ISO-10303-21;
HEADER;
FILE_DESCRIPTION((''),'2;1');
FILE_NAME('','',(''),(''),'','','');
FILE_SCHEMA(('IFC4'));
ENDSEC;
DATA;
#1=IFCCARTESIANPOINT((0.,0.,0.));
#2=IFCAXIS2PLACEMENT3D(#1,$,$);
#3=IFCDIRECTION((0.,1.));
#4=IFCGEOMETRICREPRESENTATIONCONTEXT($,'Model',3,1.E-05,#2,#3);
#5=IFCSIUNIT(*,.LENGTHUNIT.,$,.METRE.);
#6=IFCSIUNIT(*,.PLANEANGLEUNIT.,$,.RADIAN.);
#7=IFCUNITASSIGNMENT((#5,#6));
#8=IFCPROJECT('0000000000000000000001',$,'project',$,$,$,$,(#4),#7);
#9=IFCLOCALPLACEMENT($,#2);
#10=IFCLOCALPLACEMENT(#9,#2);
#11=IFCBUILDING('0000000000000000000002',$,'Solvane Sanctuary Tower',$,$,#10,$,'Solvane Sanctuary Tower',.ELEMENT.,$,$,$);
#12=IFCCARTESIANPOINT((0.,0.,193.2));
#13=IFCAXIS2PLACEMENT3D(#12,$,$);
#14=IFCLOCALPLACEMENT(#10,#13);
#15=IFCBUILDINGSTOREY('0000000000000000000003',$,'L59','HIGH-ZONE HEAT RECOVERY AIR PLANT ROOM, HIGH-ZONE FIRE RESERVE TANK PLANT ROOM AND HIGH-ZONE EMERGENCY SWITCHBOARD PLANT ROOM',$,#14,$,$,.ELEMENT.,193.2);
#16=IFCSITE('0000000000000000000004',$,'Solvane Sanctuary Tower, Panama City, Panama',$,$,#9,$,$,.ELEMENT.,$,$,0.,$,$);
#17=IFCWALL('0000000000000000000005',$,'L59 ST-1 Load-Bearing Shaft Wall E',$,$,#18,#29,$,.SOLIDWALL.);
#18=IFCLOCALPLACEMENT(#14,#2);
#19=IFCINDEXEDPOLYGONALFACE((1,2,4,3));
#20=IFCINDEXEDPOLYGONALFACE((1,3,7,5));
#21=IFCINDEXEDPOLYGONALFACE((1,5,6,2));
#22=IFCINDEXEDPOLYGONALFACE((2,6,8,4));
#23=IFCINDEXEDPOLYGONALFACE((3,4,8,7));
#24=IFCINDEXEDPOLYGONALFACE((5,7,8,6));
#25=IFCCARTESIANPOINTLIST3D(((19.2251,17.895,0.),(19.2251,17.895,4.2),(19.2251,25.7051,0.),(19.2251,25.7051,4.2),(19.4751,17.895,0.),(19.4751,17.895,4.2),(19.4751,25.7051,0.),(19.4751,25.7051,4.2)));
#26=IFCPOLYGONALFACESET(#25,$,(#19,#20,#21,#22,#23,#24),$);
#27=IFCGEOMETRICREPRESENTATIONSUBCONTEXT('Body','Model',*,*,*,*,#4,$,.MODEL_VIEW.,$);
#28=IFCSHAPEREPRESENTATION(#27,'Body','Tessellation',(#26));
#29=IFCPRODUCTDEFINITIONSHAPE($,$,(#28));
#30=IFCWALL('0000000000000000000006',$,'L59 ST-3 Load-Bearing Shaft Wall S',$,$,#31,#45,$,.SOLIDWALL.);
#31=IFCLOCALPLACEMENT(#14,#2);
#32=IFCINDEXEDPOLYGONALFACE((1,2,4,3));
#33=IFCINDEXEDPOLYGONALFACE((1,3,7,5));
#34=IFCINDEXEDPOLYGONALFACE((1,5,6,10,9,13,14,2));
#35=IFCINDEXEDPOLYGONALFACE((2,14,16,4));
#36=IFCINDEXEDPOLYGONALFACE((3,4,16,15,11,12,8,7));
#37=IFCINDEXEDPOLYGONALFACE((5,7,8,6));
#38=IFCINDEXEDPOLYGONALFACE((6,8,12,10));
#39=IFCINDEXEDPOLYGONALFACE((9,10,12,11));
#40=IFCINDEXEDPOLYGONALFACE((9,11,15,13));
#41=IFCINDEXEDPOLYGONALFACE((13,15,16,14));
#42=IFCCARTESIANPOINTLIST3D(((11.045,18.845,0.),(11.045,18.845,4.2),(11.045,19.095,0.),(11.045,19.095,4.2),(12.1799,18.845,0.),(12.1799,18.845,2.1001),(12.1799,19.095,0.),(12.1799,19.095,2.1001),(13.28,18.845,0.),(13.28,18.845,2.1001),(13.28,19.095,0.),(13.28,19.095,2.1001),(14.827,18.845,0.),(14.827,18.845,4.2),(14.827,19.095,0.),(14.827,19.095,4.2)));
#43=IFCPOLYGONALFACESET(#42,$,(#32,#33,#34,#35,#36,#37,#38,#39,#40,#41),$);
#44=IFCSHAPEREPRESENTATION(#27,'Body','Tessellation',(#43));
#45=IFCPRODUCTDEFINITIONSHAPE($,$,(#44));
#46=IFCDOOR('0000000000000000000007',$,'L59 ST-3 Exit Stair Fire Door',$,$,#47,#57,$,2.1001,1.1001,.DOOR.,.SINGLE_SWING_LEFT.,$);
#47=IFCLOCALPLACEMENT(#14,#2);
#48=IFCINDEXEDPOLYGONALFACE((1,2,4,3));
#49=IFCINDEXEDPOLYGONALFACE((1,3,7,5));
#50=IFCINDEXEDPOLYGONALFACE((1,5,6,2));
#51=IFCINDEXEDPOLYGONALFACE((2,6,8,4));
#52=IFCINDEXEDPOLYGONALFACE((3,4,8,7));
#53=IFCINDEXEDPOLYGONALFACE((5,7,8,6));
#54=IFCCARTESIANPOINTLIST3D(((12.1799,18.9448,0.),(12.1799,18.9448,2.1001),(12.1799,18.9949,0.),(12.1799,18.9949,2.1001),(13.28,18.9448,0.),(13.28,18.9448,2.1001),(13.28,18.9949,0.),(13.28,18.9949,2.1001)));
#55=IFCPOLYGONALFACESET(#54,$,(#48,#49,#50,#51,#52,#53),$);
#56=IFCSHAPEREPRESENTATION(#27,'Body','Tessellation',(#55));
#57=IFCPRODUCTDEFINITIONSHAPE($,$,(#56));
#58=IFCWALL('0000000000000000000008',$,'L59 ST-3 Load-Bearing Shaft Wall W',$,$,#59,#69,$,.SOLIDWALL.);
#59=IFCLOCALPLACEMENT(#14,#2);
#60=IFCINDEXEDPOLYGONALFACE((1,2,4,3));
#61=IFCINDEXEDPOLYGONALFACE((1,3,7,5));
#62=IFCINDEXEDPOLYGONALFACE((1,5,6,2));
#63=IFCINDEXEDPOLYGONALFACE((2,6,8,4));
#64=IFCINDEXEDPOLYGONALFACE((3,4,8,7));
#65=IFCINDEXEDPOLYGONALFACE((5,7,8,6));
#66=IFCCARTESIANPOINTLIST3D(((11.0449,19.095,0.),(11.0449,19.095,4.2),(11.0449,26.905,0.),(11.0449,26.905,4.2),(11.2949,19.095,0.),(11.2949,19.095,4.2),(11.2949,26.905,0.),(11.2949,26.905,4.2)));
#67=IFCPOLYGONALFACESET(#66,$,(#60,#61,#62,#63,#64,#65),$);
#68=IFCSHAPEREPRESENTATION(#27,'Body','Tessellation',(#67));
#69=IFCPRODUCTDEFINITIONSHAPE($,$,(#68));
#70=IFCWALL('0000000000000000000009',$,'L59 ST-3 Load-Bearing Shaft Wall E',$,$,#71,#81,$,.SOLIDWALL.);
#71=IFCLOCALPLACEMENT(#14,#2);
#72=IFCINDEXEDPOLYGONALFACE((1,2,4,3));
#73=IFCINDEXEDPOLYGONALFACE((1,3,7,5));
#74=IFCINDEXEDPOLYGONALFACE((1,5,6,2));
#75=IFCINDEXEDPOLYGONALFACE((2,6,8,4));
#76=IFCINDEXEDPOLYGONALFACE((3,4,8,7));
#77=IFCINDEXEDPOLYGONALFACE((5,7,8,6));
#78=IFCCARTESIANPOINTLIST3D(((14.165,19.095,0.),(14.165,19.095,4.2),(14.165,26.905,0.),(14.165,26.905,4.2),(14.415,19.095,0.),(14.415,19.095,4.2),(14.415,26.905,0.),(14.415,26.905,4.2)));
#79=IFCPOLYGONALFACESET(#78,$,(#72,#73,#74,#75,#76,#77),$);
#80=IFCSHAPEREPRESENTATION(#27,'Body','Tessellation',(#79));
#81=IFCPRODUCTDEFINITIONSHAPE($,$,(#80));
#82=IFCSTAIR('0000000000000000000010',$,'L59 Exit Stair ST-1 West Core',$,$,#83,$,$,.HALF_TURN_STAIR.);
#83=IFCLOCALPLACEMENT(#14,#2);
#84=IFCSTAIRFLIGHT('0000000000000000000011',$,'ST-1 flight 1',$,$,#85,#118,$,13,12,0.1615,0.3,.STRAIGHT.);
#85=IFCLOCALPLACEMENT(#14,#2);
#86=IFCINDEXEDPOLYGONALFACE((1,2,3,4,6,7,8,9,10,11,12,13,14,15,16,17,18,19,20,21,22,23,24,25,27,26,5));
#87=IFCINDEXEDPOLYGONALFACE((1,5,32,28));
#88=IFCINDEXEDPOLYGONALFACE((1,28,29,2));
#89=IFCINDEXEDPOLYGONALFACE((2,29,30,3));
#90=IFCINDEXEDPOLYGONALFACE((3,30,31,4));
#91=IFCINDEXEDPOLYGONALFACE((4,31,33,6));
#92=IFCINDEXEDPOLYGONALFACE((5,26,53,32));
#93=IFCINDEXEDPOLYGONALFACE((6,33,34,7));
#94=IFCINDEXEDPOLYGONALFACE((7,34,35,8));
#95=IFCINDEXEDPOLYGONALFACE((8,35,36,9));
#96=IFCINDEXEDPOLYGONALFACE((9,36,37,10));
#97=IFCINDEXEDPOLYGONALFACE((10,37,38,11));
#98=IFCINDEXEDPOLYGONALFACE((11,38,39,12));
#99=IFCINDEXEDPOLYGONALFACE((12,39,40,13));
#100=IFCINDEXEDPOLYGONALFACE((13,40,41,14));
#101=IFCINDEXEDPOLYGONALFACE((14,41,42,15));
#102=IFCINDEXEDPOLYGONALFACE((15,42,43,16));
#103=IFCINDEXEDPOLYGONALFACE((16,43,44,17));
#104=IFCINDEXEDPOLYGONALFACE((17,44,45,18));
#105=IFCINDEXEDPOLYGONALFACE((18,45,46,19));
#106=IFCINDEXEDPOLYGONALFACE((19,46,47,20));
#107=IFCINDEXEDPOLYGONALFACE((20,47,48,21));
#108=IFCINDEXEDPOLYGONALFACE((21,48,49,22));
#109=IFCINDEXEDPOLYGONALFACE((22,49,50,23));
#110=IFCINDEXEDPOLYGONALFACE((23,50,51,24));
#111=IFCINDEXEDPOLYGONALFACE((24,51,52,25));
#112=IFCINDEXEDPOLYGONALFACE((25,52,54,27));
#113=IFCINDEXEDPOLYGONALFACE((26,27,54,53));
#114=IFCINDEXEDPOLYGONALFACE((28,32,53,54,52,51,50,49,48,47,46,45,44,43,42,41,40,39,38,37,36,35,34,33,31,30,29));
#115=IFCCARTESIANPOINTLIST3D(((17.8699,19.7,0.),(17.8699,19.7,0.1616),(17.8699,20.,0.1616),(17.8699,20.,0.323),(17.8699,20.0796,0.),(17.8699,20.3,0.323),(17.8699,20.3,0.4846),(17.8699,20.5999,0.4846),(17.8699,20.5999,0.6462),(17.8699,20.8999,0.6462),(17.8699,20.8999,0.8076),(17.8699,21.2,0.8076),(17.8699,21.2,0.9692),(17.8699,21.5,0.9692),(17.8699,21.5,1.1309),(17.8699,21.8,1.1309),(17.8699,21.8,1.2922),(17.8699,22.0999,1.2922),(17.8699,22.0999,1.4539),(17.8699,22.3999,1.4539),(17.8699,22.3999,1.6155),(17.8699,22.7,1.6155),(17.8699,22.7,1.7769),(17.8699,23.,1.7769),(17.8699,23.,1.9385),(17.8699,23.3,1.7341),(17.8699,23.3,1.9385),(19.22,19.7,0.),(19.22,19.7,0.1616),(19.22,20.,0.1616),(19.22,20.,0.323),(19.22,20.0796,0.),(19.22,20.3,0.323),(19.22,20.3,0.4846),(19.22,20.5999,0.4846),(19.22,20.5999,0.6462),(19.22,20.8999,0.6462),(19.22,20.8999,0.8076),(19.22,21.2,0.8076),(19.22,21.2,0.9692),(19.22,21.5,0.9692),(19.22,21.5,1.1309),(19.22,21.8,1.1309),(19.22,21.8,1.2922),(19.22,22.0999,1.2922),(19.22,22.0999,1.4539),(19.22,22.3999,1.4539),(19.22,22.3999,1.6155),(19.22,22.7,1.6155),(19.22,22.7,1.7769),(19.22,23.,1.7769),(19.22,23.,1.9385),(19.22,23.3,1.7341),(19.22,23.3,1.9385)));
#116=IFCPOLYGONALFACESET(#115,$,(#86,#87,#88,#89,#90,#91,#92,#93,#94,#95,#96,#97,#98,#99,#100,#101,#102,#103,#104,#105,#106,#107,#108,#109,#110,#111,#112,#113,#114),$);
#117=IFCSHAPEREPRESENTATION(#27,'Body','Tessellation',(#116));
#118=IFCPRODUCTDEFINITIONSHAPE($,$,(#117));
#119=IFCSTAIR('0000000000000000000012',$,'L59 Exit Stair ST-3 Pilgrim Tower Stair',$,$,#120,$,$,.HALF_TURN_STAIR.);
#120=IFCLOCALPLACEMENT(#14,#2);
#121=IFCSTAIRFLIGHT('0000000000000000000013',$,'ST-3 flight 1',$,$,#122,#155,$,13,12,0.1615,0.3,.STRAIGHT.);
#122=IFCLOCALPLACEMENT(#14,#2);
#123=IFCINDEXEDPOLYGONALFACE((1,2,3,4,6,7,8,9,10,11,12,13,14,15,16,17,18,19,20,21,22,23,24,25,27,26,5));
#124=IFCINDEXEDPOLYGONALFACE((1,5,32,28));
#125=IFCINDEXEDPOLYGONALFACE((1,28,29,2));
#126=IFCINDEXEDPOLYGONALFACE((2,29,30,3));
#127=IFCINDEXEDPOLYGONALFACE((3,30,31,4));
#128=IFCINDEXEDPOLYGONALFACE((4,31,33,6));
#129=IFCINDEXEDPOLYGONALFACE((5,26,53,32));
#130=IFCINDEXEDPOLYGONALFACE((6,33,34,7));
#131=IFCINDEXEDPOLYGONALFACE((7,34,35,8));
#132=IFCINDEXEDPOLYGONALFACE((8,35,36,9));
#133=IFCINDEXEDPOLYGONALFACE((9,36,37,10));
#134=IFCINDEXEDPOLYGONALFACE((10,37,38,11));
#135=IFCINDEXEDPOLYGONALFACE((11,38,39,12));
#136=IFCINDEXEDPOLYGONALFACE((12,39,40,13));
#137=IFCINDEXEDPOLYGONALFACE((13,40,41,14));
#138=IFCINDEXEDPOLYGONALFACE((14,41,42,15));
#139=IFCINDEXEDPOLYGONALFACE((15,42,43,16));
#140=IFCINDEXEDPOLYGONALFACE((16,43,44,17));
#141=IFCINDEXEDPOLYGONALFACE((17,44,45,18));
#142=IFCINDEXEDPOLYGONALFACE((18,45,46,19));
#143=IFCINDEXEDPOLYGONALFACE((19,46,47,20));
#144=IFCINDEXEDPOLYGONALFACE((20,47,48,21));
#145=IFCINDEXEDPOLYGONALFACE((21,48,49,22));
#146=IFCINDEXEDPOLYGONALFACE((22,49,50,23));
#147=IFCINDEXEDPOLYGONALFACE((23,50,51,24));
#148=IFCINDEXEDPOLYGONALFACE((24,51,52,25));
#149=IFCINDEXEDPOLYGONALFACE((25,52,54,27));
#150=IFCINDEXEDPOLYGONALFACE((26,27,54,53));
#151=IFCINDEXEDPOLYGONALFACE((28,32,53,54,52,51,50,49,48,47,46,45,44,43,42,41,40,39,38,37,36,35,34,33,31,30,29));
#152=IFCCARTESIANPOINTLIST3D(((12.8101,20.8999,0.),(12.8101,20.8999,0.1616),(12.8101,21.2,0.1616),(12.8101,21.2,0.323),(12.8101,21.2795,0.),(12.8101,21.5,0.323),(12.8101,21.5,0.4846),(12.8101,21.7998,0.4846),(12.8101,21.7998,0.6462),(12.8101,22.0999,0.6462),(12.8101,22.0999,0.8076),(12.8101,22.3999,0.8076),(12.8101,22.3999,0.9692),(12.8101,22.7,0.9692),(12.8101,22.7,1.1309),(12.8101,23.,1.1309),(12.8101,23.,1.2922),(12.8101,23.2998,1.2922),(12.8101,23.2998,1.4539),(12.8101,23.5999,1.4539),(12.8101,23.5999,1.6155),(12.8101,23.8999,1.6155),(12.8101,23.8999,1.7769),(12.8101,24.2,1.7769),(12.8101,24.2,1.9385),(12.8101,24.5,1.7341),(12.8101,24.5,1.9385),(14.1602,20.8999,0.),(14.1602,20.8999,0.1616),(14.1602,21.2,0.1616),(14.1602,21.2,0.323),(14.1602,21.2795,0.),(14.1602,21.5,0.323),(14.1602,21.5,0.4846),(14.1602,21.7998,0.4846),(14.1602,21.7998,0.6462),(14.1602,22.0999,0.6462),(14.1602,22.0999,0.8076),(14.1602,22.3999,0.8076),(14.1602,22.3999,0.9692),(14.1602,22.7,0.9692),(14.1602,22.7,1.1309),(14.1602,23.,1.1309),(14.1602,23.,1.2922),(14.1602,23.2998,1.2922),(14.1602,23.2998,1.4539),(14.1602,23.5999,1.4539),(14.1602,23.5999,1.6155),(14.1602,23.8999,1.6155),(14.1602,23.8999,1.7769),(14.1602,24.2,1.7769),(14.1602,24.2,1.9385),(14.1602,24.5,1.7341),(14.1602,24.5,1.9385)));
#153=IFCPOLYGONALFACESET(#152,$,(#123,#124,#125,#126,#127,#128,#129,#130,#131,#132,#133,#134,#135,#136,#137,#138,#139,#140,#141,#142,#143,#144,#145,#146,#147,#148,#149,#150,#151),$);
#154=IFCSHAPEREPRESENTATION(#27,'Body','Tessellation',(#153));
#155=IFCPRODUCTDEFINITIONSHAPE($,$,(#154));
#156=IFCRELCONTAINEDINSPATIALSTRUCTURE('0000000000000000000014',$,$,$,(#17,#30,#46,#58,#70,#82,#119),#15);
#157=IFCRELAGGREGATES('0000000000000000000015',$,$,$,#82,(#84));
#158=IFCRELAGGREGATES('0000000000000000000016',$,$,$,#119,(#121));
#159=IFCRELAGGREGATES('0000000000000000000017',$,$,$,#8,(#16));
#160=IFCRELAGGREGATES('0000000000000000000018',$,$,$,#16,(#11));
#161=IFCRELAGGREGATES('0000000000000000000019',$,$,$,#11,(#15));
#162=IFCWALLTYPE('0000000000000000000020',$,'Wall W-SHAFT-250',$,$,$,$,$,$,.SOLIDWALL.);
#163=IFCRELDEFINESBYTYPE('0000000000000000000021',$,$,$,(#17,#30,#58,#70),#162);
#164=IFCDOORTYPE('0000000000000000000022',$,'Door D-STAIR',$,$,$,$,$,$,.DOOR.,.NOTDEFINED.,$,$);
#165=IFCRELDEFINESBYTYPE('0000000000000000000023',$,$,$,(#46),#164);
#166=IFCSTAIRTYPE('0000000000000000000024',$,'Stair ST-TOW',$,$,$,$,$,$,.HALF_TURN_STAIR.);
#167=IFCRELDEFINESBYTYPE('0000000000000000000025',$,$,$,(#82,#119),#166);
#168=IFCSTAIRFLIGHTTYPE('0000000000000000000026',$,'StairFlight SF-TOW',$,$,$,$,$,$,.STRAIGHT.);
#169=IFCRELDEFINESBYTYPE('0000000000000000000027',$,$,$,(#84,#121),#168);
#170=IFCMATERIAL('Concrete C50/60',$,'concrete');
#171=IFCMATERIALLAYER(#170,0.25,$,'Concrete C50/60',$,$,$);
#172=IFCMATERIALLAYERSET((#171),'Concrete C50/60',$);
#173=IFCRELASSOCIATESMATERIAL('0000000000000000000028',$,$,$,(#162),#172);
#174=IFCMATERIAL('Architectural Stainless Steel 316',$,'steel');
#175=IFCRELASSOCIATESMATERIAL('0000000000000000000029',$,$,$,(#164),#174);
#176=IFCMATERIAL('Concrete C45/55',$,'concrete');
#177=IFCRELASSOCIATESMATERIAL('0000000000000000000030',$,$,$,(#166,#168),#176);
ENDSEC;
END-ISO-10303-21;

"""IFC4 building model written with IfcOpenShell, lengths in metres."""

from ifc_helpers import new_model, si_unit, direction, frame, frame_2d, origin, place, context, subcontext, project, spatial, polyline, rectangle, outline, extrude, material, layer, layer_set, type_object, element, fill, aggregate, save


model = new_model("IFC4")

# Units and contexts
model_context = context("Model", 3, precision=1e-05, world=origin(), true_north=direction((0.0, 1.0)))
body_context = subcontext(model_context, "Body", "Model", "MODEL_VIEW")
ifc_project = project(units=[si_unit("LENGTHUNIT", "METRE"), si_unit("PLANEANGLEUNIT", "RADIAN")], contexts=[model_context])

# Site, building, storey
site_placement = place(None, origin())
site = spatial("IfcSite", under=ifc_project, at=site_placement, Name="Solvane Sanctuary Tower, Panama City, Panama", CompositionType="ELEMENT", RefElevation=0.0)
building_placement = place(site_placement, origin())
building = spatial("IfcBuilding", under=site, at=building_placement, Name="Solvane Sanctuary Tower", LongName="Solvane Sanctuary Tower", CompositionType="ELEMENT")
storey_placement = place(building_placement, frame((0.0, 0.0, 193.2)))
storey = spatial("IfcBuildingStorey", under=building, at=storey_placement, Name="L59", Description="HIGH-ZONE HEAT RECOVERY AIR PLANT ROOM, HIGH-ZONE FIRE RESERVE TANK PLANT ROOM AND HIGH-ZONE EMERGENCY SWITCHBOARD PLANT ROOM", CompositionType="ELEMENT", Elevation=193.2)

# Shared definitions
ifc_material_1 = material(Name="Concrete C50/60", Category="concrete")

# Shared definitions
ifc_material_2 = material(Name="Architectural Stainless Steel 316", Category="steel")

# Shared definitions
ifc_layer_1 = layer(ifc_material_1, 0.25, Name="Concrete C50/60")
ifc_layer_set_1 = layer_set([ifc_layer_1], Name="Concrete C50/60")
wall_type_1 = type_object("IfcWallType", Name="Wall W-SHAFT-250", PredefinedType="SOLIDWALL", material=ifc_layer_set_1)
door_type_1 = type_object("IfcDoorType", Name="Door D-STAIR", OperationType="NOTDEFINED", PredefinedType="DOOR", material=ifc_material_2)

# Wall
for number, where, z_axis, x_axis, name in (
    (1, (19.3501, 17.895, 0.0), (0.0, 0.0, 1.0), (0.0, 1.0, 0.0), "L59 ST-1 Load-Bearing Shaft Wall E"),
):
    element("IfcWall", number, at=place(storey_placement, frame(where, z_axis=z_axis, x_axis=x_axis)), inside=storey, type_object=wall_type_1, Name=name, PredefinedType="SOLIDWALL", context=body_context, shape_type="SweptSolid", body=[
        extrude(rectangle(XDim=7.8101, YDim=0.25, at=frame_2d((3.905, 0.0))), origin(), (0.0, 0.0, 1.0), 4.2),
    ])

# Wall, opening, door
wall_1_placement = place(storey_placement, frame((11.0449, 18.97, 0.0), z_axis=(0.0, 0.0, 1.0), x_axis=(1.0, 0.0, 0.0)))
wall_1 = element("IfcWall", 2, at=wall_1_placement, inside=storey, type_object=wall_type_1, Name="L59 ST-3 Load-Bearing Shaft Wall S", PredefinedType="SOLIDWALL", context=body_context, shape_type="SweptSolid", body=[
    extrude(rectangle(XDim=3.782, YDim=0.25, at=frame_2d((1.8911, 0.0))), origin(), (0.0, 0.0, 1.0), 4.2),
])
opening_1_placement = place(wall_1_placement, frame((1.135, 0.0, 0.0)))
opening_1 = element("IfcOpeningElement", 3, at=opening_1_placement, cuts=wall_1, PredefinedType="OPENING", context=body_context, shape_type="SweptSolid", body=[
    extrude(rectangle(XDim=1.1001, YDim=2.1001, at=frame_2d((0.55, 1.05))), frame((0.0, 0.135, 0.0), z_axis=(0.0, -1.0, 0.0), x_axis=(1.0, 0.0, 0.0)), (0.0, 0.0, 1.0), 0.27),
])
door_1_placement = place(opening_1_placement, origin())
door_1 = element("IfcDoor", 4, at=door_1_placement, inside=storey, type_object=door_type_1, Name="L59 ST-3 Exit Stair Fire Door", OperationType="SINGLE_SWING_LEFT", OverallHeight=2.1001, OverallWidth=1.1001, PredefinedType="DOOR", context=body_context, shape_type="SweptSolid", body=[
    extrude(rectangle(XDim=1.1001, YDim=2.1001, at=frame_2d((0.55, 1.05))), frame((0.0, 0.0249, 0.0), z_axis=(0.0, -1.0, 0.0), x_axis=(1.0, 0.0, 0.0)), (0.0, 0.0, 1.0), 0.05),
])
fill(opening_1, door_1)

# Walls
for number, where, z_axis, x_axis, name in (
    (5, (11.1699, 19.095, 0.0), (0.0, 0.0, 1.0), (0.0, 1.0, 0.0), "L59 ST-3 Load-Bearing Shaft Wall W"),
    (6, (14.29, 19.095, 0.0), (0.0, 0.0, 1.0), (0.0, 1.0, 0.0), "L59 ST-3 Load-Bearing Shaft Wall E"),
):
    element("IfcWall", number, at=place(storey_placement, frame(where, z_axis=z_axis, x_axis=x_axis)), inside=storey, type_object=wall_type_1, Name=name, PredefinedType="SOLIDWALL", context=body_context, shape_type="SweptSolid", body=[
        extrude(rectangle(XDim=7.8101, YDim=0.25, at=frame_2d((3.905, 0.0))), origin(), (0.0, 0.0, 1.0), 4.2),
    ])

# Stairs, stair flights
ifc_material_3 = material(Name="Concrete C45/55", Category="concrete")
stair_type = type_object("IfcStairType", Name="Stair ST-TOW", PredefinedType="HALF_TURN_STAIR", material=ifc_material_3)
stair_1_placement = place(storey_placement, origin())
stair_1 = element("IfcStair", 7, at=stair_1_placement, inside=storey, type_object=stair_type, Name="L59 Exit Stair ST-1 West Core", PredefinedType="HALF_TURN_STAIR")
stair_flight_type = type_object("IfcStairFlightType", Name="StairFlight SF-TOW", PredefinedType="STRAIGHT", material=ifc_material_3)
stair_flight_1_placement = place(storey_placement, frame((18.5449, 19.7, 0.0), z_axis=(0.0, 0.0, 1.0), x_axis=(0.0, 1.0, 0.0)))
stair_flight_1 = element("IfcStairFlight", 8, at=stair_flight_1_placement, type_object=stair_flight_type, Name="ST-1 flight 1", NumberOfRisers=13, NumberOfTreads=12, PredefinedType="STRAIGHT", RiserHeight=0.1615, TreadLength=0.3, context=body_context, shape_type="SweptSolid", body=[
    extrude(outline(polyline([(0.0, 0.0), (0.0, 0.1616), (0.3, 0.1616), (0.3, 0.323), (0.6001, 0.323), (0.6001, 0.4846), (0.8999, 0.4846), (0.8999, 0.6462), (1.2, 0.6462), (1.2, 0.8076), (1.5, 0.8076), (1.5, 0.9692), (1.8, 0.9692), (1.8, 1.1309), (2.1001, 1.1309), (2.1001, 1.2922), (2.3999, 1.2922), (2.3999, 1.4539), (2.7, 1.4539), (2.7, 1.6155), (3.0, 1.6155), (3.0, 1.7769), (3.3, 1.7769), (3.3, 1.9385), (3.6001, 1.9385), (3.6001, 2.1001), (3.6001, 1.7341), (0.3796, 0.0), (0.0, 0.0)])), frame((0.0, 0.675, 0.0), z_axis=(0.0, -1.0, 0.0), x_axis=(1.0, 0.0, 0.0)), (0.0, 0.0, 1.0), 1.3501),
])
aggregate(stair_1, [stair_flight_1])
stair_2_placement = place(storey_placement, origin())
stair_2 = element("IfcStair", 9, at=stair_2_placement, inside=storey, type_object=stair_type, Name="L59 Exit Stair ST-3 Pilgrim Tower Stair", PredefinedType="HALF_TURN_STAIR")
stair_flight_2_placement = place(storey_placement, frame((13.4851, 20.8999, 0.0), z_axis=(0.0, 0.0, 1.0), x_axis=(0.0, 1.0, 0.0)))
stair_flight_2 = element("IfcStairFlight", 10, at=stair_flight_2_placement, type_object=stair_flight_type, Name="ST-3 flight 1", NumberOfRisers=13, NumberOfTreads=12, PredefinedType="STRAIGHT", RiserHeight=0.1615, TreadLength=0.3, context=body_context, shape_type="SweptSolid", body=[
    extrude(outline(polyline([(0.0, 0.0), (0.0, 0.1616), (0.3, 0.1616), (0.3, 0.323), (0.6001, 0.323), (0.6001, 0.4846), (0.8999, 0.4846), (0.8999, 0.6462), (1.2, 0.6462), (1.2, 0.8076), (1.5, 0.8076), (1.5, 0.9692), (1.8, 0.9692), (1.8, 1.1309), (2.1001, 1.1309), (2.1001, 1.2922), (2.3999, 1.2922), (2.3999, 1.4539), (2.7, 1.4539), (2.7, 1.6155), (3.0, 1.6155), (3.0, 1.7769), (3.3, 1.7769), (3.3, 1.9385), (3.6001, 1.9385), (3.6001, 2.1001), (3.6001, 1.7341), (0.3796, 0.0), (0.0, 0.0)])), frame((0.0, 0.675, 0.0), z_axis=(0.0, -1.0, 0.0), x_axis=(1.0, 0.0, 0.0)), (0.0, 0.0, 1.0), 1.3501),
])
aggregate(stair_2, [stair_flight_2])

save(model, "model.ifc")
